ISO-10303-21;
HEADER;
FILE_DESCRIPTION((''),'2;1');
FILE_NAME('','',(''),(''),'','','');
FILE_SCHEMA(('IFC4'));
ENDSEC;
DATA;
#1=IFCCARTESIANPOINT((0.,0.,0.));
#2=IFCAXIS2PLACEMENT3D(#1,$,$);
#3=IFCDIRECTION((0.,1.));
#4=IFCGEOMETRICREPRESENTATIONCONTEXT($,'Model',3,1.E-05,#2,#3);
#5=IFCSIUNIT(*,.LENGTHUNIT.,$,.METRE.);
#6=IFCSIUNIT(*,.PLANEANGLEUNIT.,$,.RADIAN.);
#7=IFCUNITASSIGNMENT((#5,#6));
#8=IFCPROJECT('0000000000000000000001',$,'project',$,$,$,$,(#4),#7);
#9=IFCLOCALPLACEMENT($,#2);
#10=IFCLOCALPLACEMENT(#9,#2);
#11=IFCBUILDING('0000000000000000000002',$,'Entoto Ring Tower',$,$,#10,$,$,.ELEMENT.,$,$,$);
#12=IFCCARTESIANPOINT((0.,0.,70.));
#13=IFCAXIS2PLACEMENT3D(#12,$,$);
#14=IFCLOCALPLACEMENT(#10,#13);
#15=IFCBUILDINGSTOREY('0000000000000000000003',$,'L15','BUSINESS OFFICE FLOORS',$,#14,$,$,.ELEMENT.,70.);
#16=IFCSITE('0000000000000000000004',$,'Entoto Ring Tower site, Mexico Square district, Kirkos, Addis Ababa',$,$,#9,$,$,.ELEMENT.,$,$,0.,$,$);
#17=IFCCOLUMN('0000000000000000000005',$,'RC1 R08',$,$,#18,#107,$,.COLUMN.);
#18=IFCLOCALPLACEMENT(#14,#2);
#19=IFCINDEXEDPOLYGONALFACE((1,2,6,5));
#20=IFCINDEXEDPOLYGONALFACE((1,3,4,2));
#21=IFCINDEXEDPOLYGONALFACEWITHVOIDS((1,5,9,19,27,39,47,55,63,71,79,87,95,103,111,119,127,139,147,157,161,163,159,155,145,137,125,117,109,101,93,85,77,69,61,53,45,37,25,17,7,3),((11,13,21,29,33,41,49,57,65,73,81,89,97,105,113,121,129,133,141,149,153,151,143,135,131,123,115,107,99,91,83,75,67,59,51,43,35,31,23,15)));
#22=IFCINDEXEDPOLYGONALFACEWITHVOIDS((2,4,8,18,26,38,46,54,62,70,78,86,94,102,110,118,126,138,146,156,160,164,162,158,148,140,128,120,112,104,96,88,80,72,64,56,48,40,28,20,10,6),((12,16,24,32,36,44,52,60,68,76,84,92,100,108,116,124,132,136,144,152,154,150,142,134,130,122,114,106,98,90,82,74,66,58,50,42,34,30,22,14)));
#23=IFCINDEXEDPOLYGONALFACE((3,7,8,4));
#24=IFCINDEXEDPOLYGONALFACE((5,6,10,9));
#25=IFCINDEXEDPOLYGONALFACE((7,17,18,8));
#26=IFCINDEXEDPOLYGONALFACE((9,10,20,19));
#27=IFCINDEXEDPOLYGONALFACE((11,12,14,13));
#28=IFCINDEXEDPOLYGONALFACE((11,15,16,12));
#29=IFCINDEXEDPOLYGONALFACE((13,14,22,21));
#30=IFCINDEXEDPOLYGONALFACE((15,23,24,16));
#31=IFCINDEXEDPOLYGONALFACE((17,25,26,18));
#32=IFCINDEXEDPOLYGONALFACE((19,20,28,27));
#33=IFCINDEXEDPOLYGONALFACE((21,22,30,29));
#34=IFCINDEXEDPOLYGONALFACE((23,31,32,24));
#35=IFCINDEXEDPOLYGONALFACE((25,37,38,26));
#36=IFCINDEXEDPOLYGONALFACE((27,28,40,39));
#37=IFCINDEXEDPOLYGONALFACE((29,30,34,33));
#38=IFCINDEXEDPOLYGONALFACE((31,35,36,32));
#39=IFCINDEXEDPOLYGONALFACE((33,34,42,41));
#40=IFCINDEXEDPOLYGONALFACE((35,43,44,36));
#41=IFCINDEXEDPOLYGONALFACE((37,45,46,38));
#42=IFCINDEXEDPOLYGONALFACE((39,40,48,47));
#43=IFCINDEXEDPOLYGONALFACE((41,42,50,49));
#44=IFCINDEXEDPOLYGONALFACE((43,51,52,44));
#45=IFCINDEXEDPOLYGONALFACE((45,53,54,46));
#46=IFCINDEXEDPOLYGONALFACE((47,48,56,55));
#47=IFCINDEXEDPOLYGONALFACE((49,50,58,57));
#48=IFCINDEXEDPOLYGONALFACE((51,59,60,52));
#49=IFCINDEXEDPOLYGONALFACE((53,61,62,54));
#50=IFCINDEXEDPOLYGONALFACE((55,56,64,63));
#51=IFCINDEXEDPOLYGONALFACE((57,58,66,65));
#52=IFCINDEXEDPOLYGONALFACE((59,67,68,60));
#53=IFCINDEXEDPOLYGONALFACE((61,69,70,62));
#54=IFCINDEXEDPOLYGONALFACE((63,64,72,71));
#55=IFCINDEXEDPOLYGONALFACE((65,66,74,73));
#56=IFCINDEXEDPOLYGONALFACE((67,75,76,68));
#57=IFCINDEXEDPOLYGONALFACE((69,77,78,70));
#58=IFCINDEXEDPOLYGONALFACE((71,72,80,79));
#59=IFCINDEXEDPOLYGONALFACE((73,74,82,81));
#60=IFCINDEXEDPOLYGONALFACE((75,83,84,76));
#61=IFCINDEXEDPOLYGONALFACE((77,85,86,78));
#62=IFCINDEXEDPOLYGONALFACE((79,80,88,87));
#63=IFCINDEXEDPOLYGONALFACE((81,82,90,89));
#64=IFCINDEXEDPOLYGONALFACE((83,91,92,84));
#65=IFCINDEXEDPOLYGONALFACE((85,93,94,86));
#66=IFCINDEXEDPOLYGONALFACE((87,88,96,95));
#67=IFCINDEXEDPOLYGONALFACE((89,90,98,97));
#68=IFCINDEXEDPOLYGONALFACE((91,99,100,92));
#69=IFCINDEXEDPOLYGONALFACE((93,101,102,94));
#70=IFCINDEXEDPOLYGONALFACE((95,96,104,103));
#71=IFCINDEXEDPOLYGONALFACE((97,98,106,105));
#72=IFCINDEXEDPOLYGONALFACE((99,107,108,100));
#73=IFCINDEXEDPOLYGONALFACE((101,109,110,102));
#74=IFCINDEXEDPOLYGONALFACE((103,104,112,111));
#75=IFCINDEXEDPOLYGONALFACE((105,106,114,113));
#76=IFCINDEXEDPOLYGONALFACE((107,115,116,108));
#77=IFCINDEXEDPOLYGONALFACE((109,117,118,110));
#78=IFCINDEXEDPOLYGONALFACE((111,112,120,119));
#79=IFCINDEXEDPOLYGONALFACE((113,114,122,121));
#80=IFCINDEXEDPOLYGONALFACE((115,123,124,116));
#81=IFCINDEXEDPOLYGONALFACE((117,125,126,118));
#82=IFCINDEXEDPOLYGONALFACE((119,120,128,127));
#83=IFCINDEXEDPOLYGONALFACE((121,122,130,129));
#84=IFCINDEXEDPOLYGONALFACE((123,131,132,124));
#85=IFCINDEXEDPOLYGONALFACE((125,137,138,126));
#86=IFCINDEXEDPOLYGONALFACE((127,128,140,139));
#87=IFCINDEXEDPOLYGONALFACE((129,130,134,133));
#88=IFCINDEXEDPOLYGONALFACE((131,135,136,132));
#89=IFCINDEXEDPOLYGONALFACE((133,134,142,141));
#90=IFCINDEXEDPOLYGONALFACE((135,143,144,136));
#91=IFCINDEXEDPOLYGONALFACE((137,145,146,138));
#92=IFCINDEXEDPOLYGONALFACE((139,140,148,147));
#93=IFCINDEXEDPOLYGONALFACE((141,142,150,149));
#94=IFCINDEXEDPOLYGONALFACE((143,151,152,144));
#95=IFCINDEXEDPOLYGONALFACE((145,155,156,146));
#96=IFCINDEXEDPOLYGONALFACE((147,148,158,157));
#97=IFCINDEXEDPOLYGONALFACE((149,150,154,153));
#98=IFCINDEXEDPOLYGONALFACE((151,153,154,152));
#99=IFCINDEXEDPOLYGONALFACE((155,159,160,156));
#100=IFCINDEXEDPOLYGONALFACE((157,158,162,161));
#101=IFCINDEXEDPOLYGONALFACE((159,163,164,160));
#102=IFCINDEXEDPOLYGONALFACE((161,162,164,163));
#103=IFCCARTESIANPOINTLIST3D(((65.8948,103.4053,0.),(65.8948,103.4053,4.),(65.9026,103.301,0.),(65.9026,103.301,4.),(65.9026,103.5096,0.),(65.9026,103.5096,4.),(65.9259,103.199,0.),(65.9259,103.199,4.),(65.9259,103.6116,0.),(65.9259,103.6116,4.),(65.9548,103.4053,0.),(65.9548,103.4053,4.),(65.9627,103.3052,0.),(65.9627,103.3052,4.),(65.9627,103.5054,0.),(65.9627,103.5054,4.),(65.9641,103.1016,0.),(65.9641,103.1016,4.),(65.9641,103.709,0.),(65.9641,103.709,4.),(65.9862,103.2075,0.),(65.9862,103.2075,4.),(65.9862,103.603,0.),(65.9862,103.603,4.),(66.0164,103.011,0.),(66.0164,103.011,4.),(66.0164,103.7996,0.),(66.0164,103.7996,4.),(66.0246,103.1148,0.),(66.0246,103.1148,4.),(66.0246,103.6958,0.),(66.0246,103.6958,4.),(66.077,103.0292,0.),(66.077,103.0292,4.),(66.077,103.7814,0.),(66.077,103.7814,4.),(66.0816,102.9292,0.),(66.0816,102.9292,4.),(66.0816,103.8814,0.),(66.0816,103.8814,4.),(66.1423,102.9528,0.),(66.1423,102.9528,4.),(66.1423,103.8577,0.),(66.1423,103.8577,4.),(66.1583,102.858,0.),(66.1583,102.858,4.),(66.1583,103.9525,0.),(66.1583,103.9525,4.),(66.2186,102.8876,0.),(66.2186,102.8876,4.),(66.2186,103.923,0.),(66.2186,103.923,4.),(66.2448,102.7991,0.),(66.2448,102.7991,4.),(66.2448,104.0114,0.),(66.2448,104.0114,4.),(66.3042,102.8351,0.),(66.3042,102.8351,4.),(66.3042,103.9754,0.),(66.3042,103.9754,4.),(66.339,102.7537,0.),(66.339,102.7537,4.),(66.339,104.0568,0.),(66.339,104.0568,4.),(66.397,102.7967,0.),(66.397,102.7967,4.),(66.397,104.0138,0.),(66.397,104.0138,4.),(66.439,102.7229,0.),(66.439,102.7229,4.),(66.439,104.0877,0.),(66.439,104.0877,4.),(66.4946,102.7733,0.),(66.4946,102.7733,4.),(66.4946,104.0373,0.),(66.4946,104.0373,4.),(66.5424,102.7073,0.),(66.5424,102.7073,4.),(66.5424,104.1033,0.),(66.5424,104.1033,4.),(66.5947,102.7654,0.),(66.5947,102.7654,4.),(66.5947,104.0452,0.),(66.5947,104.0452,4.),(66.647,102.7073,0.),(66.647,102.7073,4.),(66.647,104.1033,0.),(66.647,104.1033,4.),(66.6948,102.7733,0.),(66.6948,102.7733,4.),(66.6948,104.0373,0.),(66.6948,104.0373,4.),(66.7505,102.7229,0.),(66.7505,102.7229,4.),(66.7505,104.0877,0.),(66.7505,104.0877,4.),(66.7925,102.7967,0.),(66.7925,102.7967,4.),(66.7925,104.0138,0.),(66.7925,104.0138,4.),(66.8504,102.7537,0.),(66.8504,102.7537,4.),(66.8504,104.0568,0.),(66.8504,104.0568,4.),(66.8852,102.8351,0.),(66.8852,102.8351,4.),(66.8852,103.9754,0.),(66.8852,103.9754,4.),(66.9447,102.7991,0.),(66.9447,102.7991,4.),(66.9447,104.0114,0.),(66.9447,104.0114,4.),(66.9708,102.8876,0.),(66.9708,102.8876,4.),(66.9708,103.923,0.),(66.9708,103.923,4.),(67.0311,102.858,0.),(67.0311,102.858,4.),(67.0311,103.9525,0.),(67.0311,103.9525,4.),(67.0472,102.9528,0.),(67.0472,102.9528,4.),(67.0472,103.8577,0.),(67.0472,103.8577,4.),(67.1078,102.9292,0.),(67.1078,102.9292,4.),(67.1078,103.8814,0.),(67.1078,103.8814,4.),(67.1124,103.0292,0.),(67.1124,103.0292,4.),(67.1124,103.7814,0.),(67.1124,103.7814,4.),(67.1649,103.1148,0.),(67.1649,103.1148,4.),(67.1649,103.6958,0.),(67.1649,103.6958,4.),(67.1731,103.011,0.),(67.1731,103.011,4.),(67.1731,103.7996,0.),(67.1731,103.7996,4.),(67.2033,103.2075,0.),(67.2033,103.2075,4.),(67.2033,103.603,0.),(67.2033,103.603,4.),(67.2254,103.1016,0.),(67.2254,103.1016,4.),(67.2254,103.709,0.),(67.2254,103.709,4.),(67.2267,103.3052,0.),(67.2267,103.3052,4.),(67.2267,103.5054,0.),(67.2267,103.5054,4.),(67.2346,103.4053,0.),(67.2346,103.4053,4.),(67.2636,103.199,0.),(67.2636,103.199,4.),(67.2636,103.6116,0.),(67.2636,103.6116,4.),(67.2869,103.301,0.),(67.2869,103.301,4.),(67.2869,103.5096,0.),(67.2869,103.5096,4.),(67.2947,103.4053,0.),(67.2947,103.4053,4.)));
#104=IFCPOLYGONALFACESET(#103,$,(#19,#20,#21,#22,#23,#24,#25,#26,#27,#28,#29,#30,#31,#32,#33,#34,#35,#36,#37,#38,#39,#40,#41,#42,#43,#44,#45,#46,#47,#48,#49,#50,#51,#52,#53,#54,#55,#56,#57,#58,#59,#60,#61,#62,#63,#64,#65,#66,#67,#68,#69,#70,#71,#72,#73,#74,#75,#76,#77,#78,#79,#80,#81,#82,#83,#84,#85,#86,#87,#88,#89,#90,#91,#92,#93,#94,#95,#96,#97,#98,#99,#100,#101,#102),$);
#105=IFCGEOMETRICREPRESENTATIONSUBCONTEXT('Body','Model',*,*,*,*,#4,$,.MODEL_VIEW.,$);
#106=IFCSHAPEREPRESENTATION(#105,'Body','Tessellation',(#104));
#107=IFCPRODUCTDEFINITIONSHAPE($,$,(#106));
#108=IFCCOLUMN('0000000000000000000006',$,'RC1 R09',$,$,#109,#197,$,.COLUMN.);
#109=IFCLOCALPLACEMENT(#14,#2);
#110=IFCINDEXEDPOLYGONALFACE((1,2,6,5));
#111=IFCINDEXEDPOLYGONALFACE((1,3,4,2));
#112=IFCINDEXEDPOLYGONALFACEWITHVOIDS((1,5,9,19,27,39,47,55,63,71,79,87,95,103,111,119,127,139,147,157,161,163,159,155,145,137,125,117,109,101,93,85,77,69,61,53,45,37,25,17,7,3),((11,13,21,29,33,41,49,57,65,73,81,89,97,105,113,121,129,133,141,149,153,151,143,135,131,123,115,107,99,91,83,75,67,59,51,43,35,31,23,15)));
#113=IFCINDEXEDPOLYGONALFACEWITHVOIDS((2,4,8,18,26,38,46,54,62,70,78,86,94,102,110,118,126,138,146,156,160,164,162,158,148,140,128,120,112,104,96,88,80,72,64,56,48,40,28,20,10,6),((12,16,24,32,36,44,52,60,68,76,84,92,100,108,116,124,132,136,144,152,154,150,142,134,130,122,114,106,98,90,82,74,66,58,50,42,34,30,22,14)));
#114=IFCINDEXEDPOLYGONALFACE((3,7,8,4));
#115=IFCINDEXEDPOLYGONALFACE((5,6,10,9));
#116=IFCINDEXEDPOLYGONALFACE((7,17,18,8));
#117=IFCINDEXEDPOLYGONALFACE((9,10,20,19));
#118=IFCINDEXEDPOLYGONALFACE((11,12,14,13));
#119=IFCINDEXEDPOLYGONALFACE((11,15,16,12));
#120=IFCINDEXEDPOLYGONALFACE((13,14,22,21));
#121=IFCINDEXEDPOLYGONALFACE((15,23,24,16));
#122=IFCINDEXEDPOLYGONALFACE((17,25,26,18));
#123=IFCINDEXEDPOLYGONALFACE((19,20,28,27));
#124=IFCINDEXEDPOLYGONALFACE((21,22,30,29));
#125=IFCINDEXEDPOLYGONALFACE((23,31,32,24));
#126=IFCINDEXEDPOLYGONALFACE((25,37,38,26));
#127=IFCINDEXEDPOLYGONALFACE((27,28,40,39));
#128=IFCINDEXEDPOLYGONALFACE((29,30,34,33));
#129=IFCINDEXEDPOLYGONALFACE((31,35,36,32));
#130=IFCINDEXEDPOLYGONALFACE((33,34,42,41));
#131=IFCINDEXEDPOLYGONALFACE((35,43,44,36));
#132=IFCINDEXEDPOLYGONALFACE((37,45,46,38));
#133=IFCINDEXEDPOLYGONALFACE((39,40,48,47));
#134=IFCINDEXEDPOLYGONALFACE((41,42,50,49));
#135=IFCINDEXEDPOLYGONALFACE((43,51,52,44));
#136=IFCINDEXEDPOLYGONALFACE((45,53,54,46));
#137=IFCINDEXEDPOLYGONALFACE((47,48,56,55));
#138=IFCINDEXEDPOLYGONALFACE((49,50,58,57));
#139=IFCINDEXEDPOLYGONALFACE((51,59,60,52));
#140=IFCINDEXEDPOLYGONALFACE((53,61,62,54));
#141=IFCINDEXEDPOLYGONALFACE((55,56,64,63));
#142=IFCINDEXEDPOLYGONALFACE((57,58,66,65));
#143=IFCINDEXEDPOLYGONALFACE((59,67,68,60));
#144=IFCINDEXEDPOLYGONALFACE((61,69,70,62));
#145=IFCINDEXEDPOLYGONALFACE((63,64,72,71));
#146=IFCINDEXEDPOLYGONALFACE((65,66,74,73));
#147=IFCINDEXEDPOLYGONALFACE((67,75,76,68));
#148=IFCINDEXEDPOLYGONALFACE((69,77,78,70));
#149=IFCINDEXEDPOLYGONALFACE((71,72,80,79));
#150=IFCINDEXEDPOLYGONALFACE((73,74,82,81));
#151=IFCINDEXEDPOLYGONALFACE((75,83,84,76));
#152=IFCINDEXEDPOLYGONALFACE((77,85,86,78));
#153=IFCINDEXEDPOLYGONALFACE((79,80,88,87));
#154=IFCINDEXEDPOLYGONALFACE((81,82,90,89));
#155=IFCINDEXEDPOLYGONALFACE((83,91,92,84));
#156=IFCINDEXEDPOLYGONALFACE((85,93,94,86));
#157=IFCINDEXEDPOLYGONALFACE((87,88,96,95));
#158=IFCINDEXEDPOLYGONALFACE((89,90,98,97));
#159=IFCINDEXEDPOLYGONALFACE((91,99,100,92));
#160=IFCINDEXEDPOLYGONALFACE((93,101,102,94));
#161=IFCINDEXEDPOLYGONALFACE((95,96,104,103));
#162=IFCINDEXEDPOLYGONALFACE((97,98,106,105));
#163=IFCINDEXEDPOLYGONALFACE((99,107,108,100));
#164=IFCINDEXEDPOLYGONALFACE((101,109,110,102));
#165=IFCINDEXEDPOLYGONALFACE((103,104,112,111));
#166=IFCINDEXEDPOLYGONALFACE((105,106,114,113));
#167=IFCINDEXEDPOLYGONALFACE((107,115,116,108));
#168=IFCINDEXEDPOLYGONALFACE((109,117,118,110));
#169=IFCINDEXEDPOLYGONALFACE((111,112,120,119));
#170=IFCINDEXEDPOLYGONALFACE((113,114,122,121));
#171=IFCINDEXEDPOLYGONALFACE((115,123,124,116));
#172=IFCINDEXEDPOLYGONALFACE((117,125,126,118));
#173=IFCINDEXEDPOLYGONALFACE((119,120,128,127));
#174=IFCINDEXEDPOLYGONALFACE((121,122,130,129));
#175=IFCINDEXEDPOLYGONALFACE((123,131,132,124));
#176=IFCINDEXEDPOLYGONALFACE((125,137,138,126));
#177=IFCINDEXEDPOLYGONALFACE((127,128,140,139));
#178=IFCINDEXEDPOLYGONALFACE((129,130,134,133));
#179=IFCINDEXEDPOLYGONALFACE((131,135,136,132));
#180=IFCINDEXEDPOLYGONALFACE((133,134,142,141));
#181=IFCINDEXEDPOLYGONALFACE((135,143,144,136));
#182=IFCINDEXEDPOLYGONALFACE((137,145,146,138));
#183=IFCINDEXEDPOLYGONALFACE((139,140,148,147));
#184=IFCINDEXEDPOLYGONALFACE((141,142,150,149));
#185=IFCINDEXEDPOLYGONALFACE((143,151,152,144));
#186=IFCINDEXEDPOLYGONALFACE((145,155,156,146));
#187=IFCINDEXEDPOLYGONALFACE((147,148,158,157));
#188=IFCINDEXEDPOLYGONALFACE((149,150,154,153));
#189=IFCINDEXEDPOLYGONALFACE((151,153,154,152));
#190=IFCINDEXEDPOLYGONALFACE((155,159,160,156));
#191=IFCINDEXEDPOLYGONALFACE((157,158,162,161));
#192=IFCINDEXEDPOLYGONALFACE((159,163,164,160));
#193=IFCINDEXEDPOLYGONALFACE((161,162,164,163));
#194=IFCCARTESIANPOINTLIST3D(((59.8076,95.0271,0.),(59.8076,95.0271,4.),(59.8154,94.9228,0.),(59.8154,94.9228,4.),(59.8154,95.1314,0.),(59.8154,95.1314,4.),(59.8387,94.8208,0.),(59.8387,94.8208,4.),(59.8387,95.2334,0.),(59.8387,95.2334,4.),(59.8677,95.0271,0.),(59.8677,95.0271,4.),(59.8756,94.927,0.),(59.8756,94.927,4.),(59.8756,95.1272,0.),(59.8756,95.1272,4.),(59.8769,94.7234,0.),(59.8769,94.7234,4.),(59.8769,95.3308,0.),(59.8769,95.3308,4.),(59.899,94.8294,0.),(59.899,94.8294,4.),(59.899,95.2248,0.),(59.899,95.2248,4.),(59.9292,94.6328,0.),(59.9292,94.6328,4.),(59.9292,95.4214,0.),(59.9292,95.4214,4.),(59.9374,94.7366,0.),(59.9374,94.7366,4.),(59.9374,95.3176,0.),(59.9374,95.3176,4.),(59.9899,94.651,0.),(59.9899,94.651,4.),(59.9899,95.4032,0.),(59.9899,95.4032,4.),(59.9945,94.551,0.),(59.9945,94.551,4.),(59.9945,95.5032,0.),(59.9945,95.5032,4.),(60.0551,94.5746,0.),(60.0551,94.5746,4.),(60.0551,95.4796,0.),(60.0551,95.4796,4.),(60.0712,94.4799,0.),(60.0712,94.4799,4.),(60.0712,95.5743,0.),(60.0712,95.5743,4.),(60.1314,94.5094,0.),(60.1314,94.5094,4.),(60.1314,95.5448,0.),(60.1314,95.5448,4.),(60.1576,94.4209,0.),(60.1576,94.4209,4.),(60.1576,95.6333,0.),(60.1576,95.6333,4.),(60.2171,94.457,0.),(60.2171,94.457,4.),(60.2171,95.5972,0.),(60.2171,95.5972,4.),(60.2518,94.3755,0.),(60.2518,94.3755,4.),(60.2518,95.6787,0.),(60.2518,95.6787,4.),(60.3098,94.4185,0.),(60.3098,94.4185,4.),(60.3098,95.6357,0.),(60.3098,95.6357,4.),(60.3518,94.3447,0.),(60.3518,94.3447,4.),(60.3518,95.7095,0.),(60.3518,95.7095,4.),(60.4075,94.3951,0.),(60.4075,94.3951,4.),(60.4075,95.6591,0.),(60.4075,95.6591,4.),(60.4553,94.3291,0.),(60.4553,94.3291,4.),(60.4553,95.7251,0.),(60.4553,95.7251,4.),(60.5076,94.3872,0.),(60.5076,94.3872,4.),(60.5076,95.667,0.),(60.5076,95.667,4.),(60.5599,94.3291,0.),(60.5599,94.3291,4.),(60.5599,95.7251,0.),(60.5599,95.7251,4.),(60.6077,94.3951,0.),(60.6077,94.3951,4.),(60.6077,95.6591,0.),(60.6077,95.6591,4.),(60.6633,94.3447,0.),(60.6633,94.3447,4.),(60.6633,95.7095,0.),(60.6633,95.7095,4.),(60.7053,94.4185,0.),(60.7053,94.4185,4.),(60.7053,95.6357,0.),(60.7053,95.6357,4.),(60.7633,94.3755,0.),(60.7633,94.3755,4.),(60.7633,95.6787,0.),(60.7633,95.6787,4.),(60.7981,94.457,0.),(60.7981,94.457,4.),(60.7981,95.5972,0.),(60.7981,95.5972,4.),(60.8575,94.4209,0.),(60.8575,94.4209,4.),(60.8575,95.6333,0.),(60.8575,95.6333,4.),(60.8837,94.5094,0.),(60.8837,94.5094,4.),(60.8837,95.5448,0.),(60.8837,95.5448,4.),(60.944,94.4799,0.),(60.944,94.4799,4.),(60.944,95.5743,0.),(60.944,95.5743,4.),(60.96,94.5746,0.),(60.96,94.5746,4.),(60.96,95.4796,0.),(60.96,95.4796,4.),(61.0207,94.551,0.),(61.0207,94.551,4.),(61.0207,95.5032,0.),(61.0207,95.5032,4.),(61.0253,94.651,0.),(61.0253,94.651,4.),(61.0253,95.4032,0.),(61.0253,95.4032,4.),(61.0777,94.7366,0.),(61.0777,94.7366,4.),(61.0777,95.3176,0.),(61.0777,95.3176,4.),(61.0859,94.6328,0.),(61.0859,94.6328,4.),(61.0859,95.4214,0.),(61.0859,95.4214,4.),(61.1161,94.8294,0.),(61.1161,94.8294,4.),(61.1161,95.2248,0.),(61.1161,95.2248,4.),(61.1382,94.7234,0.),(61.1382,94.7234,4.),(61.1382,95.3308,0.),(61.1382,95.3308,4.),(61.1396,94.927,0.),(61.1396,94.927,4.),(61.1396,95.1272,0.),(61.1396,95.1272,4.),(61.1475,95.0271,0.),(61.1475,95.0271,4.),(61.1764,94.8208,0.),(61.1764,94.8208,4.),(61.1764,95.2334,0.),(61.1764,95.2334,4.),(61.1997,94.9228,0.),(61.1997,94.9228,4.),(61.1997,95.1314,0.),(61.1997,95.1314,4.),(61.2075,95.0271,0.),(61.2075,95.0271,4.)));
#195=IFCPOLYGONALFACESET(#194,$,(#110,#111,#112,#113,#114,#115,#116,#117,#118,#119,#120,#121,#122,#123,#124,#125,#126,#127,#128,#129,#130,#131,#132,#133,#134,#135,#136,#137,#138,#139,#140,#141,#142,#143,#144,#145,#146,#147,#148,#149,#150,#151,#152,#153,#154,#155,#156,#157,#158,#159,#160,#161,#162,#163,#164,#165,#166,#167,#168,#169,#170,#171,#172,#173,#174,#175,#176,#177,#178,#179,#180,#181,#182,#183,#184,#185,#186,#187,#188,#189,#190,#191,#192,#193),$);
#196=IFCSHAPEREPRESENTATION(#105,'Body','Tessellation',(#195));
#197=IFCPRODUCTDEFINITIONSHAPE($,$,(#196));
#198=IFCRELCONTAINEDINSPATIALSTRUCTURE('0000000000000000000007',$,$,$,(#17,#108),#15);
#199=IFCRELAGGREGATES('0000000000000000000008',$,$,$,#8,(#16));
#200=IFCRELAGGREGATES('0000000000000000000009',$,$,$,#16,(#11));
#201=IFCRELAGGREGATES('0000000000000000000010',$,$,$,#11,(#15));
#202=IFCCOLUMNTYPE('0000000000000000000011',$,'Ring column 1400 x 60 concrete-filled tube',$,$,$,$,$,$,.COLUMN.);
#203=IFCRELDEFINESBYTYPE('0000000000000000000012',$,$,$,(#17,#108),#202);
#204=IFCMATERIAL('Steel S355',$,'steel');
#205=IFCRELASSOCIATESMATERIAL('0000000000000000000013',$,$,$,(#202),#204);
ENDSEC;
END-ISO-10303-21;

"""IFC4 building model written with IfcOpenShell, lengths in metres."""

from ifc_helpers import new_model, si_unit, direction, frame, origin, origin_2d, place, context, subcontext, project, spatial, circle, hollow_circle, extrude, material, material_profile, profile_set, type_object, element, save


model = new_model("IFC4")

# Units and contexts
model_context = context("Model", 3, precision=1e-05, world=origin(), true_north=direction((0.0, 1.0)))
body_context = subcontext(model_context, "Body", "Model", "MODEL_VIEW")
ifc_project = project(units=[si_unit("LENGTHUNIT", "METRE"), si_unit("PLANEANGLEUNIT", "RADIAN")], contexts=[model_context])

# Site, building, storey
site_placement = place(None, origin())
site = spatial("IfcSite", under=ifc_project, at=site_placement, Name="Entoto Ring Tower site, Mexico Square district, Kirkos, Addis Ababa", CompositionType="ELEMENT", RefElevation=0.0)
building_placement = place(site_placement, origin())
building = spatial("IfcBuilding", under=site, at=building_placement, Name="Entoto Ring Tower", CompositionType="ELEMENT")
storey_placement = place(building_placement, frame((0.0, 0.0, 70.0)))
storey = spatial("IfcBuildingStorey", under=building, at=storey_placement, Name="L15", Description="BUSINESS OFFICE FLOORS", CompositionType="ELEMENT", Elevation=70.0)

# Columns
ifc_material_1 = material(Name="Steel S355", Category="steel")
ifc_material_profile_1 = material_profile(ifc_material_1, hollow_circle(Radius=0.7, WallThickness=0.0601, at=origin_2d()), Name="CHS 1400 x 60")
ifc_material_2 = material(Name="Concrete C60/75", Category="concrete")
ifc_material_profile_2 = material_profile(ifc_material_2, circle(Radius=0.6399, at=origin_2d()), Name="Concrete C60/75 infill")
ifc_profile_set_1 = profile_set([ifc_material_profile_1, ifc_material_profile_2], Name="Steel S355")
column_type = type_object("IfcColumnType", Name="Ring column 1400 x 60 concrete-filled tube", PredefinedType="COLUMN", material=ifc_profile_set_1)
for number, where, z_axis, x_axis, name in (
    (1, (66.5947, 103.4053, 0.0), (0.0, 0.0, 1.0), (1.0, 0.0, 0.0), "RC1 R08"),
    (2, (60.5076, 95.0271, 0.0), (0.0, 0.0, 1.0), (1.0, 0.0, 0.0), "RC1 R09"),
):
    element("IfcColumn", number, at=place(storey_placement, frame(where, z_axis=z_axis, x_axis=x_axis)), inside=storey, type_object=column_type, Name=name, PredefinedType="COLUMN", context=body_context, shape_type="SweptSolid", body=[
        extrude(hollow_circle(Radius=0.7, WallThickness=0.0601, at=origin_2d()), origin(), (0.0, 0.0, 1.0), 4.0),
    ])

save(model, "model.ifc")
